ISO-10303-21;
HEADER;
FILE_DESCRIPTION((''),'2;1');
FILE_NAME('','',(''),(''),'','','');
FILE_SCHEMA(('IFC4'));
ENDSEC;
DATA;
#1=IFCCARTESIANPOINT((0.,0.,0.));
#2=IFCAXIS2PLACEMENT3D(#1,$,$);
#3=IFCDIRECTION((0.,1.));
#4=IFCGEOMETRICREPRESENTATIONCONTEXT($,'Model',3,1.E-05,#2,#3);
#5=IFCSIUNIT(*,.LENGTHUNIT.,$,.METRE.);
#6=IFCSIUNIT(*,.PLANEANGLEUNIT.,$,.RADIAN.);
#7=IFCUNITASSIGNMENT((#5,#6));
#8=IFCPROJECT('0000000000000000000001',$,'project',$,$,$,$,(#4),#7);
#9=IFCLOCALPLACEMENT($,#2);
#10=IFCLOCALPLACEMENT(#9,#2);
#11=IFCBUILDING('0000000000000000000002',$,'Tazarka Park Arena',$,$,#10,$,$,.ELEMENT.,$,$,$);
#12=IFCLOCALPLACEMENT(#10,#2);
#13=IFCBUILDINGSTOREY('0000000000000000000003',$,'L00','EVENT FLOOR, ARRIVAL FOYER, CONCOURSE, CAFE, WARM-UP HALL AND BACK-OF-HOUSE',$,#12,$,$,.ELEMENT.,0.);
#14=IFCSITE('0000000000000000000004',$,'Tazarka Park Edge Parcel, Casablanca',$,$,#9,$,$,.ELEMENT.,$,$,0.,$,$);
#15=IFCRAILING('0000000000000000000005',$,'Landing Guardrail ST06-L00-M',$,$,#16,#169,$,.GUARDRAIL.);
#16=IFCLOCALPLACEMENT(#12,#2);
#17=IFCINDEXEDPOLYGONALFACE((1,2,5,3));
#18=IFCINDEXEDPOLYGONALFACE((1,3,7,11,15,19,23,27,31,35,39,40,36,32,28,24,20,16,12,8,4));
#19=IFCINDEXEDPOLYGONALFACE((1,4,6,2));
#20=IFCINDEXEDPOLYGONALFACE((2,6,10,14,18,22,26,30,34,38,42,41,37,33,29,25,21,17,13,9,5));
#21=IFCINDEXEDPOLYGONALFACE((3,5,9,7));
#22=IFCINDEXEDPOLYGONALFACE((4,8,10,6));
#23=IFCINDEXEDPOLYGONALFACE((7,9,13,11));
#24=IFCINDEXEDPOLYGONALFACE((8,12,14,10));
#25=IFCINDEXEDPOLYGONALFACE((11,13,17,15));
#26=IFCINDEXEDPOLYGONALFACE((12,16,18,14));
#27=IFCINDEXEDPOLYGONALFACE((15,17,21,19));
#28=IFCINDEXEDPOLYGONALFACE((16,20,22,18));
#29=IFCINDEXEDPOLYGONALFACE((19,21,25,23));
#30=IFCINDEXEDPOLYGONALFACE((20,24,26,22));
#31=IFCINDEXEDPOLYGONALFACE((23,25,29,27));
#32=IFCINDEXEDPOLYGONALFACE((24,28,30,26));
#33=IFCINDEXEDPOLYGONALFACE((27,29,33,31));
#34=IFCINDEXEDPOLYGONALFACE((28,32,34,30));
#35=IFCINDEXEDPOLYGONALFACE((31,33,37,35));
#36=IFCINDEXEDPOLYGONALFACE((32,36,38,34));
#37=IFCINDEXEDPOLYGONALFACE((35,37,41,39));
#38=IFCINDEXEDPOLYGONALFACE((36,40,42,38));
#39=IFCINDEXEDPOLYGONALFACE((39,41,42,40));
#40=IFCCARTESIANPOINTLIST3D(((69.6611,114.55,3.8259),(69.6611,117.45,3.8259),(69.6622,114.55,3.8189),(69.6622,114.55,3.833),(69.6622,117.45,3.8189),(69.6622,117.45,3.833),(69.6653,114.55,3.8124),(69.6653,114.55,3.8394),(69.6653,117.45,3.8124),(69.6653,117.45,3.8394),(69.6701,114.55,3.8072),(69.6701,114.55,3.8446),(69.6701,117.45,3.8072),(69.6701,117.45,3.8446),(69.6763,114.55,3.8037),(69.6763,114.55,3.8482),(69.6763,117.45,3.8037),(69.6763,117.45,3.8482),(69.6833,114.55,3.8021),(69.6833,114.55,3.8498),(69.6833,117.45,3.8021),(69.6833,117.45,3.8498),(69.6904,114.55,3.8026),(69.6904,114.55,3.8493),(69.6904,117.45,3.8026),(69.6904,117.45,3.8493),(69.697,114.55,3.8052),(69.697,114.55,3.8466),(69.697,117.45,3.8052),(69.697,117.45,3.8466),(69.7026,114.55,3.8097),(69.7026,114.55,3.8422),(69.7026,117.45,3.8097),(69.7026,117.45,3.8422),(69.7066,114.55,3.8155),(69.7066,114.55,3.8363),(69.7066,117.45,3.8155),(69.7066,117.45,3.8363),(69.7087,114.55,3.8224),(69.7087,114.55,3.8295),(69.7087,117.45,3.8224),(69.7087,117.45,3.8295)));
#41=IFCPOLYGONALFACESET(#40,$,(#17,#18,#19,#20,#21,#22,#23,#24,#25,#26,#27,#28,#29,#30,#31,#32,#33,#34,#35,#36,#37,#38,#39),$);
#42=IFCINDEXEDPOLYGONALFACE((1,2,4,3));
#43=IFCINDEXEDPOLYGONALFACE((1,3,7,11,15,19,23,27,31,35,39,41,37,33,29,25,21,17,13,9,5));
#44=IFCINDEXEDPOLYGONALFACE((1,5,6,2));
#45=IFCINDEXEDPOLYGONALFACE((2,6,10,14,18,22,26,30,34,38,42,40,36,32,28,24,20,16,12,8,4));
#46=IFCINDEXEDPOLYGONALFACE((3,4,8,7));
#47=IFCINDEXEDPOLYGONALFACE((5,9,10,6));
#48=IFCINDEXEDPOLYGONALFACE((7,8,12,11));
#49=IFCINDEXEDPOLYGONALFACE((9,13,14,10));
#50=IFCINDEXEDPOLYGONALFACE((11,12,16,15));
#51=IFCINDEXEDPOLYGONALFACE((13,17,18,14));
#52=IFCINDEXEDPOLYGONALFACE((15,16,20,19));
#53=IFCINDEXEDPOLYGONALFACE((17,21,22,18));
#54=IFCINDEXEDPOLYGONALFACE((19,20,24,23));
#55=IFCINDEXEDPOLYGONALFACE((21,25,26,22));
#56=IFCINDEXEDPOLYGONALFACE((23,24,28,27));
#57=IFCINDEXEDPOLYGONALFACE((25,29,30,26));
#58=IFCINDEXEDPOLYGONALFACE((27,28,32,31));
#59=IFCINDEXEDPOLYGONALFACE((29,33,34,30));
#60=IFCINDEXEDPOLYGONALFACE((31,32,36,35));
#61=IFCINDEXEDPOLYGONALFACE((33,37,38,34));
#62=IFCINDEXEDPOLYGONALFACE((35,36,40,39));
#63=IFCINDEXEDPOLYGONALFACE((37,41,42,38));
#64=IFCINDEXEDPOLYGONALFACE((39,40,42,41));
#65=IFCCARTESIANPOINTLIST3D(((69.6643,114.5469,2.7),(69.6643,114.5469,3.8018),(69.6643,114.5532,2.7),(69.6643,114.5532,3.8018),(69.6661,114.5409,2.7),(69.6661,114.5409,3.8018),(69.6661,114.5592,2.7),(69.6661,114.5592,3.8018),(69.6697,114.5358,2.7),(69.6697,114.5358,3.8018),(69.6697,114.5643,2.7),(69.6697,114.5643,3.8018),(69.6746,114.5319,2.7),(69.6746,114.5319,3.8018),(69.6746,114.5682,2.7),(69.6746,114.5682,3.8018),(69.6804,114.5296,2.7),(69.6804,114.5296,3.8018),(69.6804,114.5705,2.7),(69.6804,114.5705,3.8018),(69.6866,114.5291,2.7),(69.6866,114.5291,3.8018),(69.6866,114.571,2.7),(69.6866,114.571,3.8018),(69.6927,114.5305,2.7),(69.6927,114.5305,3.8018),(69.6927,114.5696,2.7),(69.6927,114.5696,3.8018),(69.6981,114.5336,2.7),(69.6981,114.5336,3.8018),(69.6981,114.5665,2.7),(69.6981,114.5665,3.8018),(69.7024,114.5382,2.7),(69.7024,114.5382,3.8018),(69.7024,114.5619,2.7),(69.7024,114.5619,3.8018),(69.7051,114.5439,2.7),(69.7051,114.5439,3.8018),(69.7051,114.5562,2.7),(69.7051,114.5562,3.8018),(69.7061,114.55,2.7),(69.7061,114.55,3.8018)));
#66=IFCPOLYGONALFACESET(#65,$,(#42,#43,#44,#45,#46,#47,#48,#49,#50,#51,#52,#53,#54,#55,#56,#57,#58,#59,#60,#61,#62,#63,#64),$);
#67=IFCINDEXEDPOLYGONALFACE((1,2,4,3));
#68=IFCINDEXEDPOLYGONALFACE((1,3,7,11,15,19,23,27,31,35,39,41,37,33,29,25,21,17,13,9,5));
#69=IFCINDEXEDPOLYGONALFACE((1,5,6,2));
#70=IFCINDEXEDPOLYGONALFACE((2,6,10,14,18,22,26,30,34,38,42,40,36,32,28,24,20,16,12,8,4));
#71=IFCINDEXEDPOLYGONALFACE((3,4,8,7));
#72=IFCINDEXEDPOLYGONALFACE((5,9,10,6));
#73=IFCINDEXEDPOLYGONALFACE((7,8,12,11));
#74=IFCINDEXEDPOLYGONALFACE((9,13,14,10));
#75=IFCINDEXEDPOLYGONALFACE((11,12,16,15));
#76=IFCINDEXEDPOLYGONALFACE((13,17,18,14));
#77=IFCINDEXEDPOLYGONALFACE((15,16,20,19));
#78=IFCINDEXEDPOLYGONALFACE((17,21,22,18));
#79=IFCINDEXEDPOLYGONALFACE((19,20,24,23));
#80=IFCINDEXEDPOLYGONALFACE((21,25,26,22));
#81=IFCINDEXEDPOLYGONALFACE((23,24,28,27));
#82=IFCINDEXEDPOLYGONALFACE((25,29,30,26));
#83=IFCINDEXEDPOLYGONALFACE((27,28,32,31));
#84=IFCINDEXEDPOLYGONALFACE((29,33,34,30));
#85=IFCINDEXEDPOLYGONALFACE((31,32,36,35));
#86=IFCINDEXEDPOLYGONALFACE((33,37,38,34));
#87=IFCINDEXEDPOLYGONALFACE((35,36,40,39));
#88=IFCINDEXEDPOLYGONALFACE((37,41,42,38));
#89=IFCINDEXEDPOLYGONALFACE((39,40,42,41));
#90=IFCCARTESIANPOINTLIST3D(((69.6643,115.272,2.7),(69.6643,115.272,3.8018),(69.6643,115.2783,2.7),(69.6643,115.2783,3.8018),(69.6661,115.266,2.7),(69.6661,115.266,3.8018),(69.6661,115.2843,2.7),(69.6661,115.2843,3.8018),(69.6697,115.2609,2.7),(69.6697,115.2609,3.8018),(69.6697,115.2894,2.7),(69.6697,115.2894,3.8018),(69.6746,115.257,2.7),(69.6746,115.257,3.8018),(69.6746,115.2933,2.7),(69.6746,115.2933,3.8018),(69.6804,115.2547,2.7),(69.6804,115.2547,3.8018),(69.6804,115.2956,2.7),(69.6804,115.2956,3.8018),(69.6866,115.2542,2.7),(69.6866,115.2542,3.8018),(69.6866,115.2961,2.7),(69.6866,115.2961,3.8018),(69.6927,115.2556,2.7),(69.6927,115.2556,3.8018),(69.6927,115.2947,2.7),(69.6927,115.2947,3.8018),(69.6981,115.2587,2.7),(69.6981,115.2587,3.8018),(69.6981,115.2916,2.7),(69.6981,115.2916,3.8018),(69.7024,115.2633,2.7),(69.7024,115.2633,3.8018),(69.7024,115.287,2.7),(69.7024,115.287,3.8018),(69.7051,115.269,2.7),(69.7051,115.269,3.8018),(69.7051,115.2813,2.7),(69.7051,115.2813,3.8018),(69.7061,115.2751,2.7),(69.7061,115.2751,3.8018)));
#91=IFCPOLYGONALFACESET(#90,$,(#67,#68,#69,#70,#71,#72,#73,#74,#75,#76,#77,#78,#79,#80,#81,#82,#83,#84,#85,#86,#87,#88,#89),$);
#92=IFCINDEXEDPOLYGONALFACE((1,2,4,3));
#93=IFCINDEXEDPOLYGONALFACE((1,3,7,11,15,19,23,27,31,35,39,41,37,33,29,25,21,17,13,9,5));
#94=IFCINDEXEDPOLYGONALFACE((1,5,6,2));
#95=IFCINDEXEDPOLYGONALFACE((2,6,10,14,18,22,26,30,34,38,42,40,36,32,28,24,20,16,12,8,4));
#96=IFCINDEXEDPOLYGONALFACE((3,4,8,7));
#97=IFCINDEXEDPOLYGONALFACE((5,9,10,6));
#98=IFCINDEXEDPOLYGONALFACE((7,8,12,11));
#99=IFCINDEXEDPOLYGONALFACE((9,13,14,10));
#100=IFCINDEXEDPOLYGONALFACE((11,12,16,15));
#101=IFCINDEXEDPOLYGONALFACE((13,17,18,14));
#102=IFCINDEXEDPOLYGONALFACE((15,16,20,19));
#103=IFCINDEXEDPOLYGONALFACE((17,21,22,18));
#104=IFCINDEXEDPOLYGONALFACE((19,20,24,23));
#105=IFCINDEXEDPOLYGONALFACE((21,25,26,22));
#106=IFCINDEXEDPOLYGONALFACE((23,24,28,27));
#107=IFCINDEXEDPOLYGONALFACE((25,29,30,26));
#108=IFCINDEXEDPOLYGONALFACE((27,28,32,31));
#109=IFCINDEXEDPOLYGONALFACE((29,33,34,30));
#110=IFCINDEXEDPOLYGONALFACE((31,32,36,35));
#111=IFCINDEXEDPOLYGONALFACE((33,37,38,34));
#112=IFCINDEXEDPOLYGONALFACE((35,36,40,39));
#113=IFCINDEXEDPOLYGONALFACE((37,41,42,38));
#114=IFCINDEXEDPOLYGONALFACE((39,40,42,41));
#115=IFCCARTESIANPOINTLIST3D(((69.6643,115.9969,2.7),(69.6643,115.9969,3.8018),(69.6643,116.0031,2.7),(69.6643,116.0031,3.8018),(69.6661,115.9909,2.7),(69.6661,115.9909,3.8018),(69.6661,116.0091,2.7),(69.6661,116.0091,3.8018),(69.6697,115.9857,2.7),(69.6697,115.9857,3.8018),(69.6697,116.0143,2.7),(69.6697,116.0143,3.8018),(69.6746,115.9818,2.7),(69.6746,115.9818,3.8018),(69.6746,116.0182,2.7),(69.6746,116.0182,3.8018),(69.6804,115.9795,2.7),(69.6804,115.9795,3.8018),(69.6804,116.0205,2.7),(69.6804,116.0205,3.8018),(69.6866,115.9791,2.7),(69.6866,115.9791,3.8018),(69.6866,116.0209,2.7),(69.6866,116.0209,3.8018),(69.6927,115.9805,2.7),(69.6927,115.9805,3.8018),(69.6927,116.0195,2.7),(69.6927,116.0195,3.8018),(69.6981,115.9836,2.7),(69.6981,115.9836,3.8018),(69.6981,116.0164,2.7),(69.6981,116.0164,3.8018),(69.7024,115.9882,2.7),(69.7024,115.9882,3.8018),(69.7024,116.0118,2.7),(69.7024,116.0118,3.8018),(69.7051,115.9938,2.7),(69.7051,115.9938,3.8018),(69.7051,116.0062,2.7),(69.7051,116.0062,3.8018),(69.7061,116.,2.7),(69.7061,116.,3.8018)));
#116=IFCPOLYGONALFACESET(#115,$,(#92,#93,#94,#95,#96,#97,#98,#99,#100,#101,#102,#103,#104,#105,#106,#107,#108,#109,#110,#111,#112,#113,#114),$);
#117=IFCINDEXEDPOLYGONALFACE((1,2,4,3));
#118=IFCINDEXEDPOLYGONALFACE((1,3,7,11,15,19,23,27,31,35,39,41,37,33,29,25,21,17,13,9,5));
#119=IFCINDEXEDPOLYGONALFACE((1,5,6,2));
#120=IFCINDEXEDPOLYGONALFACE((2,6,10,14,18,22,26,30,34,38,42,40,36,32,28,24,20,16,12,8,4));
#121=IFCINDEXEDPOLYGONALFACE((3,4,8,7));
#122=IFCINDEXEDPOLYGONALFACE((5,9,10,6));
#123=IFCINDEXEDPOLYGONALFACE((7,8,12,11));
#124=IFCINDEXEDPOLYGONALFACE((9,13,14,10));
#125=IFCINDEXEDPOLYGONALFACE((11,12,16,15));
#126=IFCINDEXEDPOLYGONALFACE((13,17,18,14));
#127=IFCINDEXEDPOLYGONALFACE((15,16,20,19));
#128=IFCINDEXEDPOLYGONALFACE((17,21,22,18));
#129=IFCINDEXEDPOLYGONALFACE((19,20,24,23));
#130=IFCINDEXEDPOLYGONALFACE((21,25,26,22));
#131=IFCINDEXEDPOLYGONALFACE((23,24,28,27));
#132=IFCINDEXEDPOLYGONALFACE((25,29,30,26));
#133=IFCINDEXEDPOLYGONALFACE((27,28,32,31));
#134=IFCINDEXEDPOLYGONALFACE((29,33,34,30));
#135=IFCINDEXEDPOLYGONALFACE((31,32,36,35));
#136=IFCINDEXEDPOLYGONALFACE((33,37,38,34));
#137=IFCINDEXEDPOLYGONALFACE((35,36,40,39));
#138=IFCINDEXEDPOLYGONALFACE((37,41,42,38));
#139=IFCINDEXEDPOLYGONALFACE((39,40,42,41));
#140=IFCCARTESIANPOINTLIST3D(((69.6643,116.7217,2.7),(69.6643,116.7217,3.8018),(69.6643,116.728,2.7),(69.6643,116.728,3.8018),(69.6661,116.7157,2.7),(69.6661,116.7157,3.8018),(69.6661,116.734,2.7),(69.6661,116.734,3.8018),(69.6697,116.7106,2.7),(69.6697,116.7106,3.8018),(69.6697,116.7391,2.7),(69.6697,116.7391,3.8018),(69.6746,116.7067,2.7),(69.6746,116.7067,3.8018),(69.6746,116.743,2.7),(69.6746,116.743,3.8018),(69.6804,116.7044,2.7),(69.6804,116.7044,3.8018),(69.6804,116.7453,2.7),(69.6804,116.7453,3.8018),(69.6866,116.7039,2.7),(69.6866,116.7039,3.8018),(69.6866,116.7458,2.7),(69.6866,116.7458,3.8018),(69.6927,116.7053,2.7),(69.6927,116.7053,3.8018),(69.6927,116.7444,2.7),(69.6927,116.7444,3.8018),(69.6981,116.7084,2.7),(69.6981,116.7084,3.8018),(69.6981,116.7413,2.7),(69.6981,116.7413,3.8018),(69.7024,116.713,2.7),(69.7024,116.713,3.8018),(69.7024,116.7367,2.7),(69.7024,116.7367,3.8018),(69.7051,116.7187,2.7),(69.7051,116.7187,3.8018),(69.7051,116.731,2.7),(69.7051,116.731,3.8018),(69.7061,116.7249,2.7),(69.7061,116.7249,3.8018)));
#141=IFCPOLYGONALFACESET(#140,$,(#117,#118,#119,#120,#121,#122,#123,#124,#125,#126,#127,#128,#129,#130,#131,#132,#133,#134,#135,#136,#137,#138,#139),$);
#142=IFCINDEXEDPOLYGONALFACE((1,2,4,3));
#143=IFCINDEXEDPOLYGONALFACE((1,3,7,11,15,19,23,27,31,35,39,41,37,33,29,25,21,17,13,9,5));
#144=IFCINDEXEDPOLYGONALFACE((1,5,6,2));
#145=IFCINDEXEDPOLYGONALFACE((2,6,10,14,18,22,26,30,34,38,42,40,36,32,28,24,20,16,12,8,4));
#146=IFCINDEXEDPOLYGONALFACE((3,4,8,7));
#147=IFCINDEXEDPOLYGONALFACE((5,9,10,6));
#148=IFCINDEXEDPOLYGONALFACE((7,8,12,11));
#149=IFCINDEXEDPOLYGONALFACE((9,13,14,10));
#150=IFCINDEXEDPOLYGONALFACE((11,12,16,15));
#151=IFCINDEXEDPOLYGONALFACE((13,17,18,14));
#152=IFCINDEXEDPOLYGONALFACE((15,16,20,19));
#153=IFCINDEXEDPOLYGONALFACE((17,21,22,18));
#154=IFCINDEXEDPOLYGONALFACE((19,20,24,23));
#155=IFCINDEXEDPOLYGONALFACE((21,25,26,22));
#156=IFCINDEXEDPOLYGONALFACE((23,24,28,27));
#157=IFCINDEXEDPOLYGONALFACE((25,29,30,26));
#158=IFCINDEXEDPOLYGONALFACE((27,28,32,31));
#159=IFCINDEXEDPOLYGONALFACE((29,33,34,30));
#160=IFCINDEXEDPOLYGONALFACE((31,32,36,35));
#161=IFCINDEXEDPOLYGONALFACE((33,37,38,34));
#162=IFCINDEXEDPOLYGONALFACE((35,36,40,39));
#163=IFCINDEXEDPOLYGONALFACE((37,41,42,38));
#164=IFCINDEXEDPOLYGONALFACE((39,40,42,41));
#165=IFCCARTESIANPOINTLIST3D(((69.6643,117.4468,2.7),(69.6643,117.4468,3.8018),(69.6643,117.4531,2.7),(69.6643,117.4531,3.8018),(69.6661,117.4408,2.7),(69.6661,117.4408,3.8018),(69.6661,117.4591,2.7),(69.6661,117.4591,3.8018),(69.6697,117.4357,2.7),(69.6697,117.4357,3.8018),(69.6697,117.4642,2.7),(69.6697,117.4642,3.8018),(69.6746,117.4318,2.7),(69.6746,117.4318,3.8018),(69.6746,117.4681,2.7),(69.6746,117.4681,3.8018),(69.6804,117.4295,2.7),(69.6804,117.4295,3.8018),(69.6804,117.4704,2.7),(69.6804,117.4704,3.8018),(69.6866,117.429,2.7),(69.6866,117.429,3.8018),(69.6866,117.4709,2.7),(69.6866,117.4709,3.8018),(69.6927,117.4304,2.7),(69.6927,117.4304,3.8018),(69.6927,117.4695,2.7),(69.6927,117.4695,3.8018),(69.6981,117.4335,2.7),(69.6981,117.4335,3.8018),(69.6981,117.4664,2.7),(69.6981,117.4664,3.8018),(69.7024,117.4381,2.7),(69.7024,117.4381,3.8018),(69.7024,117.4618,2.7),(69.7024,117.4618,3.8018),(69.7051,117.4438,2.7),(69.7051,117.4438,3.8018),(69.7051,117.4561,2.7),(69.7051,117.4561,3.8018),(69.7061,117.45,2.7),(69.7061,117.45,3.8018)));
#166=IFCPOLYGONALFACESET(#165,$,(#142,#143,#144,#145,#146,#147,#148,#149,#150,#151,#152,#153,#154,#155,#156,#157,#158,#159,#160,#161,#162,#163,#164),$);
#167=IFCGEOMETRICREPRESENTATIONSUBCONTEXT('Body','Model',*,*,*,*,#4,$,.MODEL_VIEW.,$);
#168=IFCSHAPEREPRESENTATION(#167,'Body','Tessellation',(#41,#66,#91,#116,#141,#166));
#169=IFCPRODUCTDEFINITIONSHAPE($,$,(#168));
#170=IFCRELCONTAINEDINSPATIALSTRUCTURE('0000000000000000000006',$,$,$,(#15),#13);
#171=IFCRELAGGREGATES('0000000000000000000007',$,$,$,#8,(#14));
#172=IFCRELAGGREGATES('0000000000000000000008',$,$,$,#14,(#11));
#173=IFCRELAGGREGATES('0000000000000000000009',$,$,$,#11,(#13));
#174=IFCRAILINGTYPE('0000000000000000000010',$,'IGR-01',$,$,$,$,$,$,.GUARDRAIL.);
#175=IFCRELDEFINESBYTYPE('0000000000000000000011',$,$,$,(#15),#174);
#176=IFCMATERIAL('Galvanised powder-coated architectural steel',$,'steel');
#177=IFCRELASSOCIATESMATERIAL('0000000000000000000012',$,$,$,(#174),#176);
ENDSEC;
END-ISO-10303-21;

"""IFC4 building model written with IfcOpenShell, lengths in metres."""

from ifc_helpers import new_model, si_unit, direction, frame, origin, origin_2d, place, context, subcontext, project, spatial, circle, extrude, material, type_object, element, save


model = new_model("IFC4")

# Units and contexts
model_context = context("Model", 3, precision=1e-05, world=origin(), true_north=direction((0.0, 1.0)))
body_context = subcontext(model_context, "Body", "Model", "MODEL_VIEW")
ifc_project = project(units=[si_unit("LENGTHUNIT", "METRE"), si_unit("PLANEANGLEUNIT", "RADIAN")], contexts=[model_context])

# Site, building, storey
site_placement = place(None, origin())
site = spatial("IfcSite", under=ifc_project, at=site_placement, Name="Tazarka Park Edge Parcel, Casablanca", CompositionType="ELEMENT", RefElevation=0.0)
building_placement = place(site_placement, origin())
building = spatial("IfcBuilding", under=site, at=building_placement, Name="Tazarka Park Arena", CompositionType="ELEMENT")
storey_placement = place(building_placement, origin())
storey = spatial("IfcBuildingStorey", under=building, at=storey_placement, Name="L00", Description="EVENT FLOOR, ARRIVAL FOYER, CONCOURSE, CAFE, WARM-UP HALL AND BACK-OF-HOUSE", CompositionType="ELEMENT", Elevation=0.0)

# Railing
ifc_material_1 = material(Name="Galvanised powder-coated architectural steel", Category="steel")
railing_type_1 = type_object("IfcRailingType", Name="IGR-01", PredefinedType="GUARDRAIL", material=ifc_material_1)
for number, where, name in (
    (1, (69.6851, 114.55, 2.7), "Landing Guardrail ST06-L00-M"),
):
    element("IfcRailing", number, at=place(storey_placement, frame(where)), inside=storey, type_object=railing_type_1, Name=name, PredefinedType="GUARDRAIL", context=body_context, shape_type="SweptSolid", body=[
        extrude(circle(Radius=0.0239, at=origin_2d()), frame((0.0, 0.0, 1.126), z_axis=(0.0, 1.0, 0.0), x_axis=(-1.0, 0.0, 0.0)), (0.0, 0.0, 1.0), 2.8999),
        extrude(circle(Radius=0.021, at=origin_2d()), origin(), (0.0, 0.0, 1.0), 1.1018),
        extrude(circle(Radius=0.021, at=origin_2d()), frame((0.0, 0.7251, 0.0)), (0.0, 0.0, 1.0), 1.1018),
        extrude(circle(Radius=0.021, at=origin_2d()), frame((0.0, 1.45, 0.0)), (0.0, 0.0, 1.0), 1.1018),
        extrude(circle(Radius=0.021, at=origin_2d()), frame((0.0, 2.1748, 0.0)), (0.0, 0.0, 1.0), 1.1018),
        extrude(circle(Radius=0.021, at=origin_2d()), frame((0.0, 2.8999, 0.0)), (0.0, 0.0, 1.0), 1.1018),
    ])

save(model, "model.ifc")
